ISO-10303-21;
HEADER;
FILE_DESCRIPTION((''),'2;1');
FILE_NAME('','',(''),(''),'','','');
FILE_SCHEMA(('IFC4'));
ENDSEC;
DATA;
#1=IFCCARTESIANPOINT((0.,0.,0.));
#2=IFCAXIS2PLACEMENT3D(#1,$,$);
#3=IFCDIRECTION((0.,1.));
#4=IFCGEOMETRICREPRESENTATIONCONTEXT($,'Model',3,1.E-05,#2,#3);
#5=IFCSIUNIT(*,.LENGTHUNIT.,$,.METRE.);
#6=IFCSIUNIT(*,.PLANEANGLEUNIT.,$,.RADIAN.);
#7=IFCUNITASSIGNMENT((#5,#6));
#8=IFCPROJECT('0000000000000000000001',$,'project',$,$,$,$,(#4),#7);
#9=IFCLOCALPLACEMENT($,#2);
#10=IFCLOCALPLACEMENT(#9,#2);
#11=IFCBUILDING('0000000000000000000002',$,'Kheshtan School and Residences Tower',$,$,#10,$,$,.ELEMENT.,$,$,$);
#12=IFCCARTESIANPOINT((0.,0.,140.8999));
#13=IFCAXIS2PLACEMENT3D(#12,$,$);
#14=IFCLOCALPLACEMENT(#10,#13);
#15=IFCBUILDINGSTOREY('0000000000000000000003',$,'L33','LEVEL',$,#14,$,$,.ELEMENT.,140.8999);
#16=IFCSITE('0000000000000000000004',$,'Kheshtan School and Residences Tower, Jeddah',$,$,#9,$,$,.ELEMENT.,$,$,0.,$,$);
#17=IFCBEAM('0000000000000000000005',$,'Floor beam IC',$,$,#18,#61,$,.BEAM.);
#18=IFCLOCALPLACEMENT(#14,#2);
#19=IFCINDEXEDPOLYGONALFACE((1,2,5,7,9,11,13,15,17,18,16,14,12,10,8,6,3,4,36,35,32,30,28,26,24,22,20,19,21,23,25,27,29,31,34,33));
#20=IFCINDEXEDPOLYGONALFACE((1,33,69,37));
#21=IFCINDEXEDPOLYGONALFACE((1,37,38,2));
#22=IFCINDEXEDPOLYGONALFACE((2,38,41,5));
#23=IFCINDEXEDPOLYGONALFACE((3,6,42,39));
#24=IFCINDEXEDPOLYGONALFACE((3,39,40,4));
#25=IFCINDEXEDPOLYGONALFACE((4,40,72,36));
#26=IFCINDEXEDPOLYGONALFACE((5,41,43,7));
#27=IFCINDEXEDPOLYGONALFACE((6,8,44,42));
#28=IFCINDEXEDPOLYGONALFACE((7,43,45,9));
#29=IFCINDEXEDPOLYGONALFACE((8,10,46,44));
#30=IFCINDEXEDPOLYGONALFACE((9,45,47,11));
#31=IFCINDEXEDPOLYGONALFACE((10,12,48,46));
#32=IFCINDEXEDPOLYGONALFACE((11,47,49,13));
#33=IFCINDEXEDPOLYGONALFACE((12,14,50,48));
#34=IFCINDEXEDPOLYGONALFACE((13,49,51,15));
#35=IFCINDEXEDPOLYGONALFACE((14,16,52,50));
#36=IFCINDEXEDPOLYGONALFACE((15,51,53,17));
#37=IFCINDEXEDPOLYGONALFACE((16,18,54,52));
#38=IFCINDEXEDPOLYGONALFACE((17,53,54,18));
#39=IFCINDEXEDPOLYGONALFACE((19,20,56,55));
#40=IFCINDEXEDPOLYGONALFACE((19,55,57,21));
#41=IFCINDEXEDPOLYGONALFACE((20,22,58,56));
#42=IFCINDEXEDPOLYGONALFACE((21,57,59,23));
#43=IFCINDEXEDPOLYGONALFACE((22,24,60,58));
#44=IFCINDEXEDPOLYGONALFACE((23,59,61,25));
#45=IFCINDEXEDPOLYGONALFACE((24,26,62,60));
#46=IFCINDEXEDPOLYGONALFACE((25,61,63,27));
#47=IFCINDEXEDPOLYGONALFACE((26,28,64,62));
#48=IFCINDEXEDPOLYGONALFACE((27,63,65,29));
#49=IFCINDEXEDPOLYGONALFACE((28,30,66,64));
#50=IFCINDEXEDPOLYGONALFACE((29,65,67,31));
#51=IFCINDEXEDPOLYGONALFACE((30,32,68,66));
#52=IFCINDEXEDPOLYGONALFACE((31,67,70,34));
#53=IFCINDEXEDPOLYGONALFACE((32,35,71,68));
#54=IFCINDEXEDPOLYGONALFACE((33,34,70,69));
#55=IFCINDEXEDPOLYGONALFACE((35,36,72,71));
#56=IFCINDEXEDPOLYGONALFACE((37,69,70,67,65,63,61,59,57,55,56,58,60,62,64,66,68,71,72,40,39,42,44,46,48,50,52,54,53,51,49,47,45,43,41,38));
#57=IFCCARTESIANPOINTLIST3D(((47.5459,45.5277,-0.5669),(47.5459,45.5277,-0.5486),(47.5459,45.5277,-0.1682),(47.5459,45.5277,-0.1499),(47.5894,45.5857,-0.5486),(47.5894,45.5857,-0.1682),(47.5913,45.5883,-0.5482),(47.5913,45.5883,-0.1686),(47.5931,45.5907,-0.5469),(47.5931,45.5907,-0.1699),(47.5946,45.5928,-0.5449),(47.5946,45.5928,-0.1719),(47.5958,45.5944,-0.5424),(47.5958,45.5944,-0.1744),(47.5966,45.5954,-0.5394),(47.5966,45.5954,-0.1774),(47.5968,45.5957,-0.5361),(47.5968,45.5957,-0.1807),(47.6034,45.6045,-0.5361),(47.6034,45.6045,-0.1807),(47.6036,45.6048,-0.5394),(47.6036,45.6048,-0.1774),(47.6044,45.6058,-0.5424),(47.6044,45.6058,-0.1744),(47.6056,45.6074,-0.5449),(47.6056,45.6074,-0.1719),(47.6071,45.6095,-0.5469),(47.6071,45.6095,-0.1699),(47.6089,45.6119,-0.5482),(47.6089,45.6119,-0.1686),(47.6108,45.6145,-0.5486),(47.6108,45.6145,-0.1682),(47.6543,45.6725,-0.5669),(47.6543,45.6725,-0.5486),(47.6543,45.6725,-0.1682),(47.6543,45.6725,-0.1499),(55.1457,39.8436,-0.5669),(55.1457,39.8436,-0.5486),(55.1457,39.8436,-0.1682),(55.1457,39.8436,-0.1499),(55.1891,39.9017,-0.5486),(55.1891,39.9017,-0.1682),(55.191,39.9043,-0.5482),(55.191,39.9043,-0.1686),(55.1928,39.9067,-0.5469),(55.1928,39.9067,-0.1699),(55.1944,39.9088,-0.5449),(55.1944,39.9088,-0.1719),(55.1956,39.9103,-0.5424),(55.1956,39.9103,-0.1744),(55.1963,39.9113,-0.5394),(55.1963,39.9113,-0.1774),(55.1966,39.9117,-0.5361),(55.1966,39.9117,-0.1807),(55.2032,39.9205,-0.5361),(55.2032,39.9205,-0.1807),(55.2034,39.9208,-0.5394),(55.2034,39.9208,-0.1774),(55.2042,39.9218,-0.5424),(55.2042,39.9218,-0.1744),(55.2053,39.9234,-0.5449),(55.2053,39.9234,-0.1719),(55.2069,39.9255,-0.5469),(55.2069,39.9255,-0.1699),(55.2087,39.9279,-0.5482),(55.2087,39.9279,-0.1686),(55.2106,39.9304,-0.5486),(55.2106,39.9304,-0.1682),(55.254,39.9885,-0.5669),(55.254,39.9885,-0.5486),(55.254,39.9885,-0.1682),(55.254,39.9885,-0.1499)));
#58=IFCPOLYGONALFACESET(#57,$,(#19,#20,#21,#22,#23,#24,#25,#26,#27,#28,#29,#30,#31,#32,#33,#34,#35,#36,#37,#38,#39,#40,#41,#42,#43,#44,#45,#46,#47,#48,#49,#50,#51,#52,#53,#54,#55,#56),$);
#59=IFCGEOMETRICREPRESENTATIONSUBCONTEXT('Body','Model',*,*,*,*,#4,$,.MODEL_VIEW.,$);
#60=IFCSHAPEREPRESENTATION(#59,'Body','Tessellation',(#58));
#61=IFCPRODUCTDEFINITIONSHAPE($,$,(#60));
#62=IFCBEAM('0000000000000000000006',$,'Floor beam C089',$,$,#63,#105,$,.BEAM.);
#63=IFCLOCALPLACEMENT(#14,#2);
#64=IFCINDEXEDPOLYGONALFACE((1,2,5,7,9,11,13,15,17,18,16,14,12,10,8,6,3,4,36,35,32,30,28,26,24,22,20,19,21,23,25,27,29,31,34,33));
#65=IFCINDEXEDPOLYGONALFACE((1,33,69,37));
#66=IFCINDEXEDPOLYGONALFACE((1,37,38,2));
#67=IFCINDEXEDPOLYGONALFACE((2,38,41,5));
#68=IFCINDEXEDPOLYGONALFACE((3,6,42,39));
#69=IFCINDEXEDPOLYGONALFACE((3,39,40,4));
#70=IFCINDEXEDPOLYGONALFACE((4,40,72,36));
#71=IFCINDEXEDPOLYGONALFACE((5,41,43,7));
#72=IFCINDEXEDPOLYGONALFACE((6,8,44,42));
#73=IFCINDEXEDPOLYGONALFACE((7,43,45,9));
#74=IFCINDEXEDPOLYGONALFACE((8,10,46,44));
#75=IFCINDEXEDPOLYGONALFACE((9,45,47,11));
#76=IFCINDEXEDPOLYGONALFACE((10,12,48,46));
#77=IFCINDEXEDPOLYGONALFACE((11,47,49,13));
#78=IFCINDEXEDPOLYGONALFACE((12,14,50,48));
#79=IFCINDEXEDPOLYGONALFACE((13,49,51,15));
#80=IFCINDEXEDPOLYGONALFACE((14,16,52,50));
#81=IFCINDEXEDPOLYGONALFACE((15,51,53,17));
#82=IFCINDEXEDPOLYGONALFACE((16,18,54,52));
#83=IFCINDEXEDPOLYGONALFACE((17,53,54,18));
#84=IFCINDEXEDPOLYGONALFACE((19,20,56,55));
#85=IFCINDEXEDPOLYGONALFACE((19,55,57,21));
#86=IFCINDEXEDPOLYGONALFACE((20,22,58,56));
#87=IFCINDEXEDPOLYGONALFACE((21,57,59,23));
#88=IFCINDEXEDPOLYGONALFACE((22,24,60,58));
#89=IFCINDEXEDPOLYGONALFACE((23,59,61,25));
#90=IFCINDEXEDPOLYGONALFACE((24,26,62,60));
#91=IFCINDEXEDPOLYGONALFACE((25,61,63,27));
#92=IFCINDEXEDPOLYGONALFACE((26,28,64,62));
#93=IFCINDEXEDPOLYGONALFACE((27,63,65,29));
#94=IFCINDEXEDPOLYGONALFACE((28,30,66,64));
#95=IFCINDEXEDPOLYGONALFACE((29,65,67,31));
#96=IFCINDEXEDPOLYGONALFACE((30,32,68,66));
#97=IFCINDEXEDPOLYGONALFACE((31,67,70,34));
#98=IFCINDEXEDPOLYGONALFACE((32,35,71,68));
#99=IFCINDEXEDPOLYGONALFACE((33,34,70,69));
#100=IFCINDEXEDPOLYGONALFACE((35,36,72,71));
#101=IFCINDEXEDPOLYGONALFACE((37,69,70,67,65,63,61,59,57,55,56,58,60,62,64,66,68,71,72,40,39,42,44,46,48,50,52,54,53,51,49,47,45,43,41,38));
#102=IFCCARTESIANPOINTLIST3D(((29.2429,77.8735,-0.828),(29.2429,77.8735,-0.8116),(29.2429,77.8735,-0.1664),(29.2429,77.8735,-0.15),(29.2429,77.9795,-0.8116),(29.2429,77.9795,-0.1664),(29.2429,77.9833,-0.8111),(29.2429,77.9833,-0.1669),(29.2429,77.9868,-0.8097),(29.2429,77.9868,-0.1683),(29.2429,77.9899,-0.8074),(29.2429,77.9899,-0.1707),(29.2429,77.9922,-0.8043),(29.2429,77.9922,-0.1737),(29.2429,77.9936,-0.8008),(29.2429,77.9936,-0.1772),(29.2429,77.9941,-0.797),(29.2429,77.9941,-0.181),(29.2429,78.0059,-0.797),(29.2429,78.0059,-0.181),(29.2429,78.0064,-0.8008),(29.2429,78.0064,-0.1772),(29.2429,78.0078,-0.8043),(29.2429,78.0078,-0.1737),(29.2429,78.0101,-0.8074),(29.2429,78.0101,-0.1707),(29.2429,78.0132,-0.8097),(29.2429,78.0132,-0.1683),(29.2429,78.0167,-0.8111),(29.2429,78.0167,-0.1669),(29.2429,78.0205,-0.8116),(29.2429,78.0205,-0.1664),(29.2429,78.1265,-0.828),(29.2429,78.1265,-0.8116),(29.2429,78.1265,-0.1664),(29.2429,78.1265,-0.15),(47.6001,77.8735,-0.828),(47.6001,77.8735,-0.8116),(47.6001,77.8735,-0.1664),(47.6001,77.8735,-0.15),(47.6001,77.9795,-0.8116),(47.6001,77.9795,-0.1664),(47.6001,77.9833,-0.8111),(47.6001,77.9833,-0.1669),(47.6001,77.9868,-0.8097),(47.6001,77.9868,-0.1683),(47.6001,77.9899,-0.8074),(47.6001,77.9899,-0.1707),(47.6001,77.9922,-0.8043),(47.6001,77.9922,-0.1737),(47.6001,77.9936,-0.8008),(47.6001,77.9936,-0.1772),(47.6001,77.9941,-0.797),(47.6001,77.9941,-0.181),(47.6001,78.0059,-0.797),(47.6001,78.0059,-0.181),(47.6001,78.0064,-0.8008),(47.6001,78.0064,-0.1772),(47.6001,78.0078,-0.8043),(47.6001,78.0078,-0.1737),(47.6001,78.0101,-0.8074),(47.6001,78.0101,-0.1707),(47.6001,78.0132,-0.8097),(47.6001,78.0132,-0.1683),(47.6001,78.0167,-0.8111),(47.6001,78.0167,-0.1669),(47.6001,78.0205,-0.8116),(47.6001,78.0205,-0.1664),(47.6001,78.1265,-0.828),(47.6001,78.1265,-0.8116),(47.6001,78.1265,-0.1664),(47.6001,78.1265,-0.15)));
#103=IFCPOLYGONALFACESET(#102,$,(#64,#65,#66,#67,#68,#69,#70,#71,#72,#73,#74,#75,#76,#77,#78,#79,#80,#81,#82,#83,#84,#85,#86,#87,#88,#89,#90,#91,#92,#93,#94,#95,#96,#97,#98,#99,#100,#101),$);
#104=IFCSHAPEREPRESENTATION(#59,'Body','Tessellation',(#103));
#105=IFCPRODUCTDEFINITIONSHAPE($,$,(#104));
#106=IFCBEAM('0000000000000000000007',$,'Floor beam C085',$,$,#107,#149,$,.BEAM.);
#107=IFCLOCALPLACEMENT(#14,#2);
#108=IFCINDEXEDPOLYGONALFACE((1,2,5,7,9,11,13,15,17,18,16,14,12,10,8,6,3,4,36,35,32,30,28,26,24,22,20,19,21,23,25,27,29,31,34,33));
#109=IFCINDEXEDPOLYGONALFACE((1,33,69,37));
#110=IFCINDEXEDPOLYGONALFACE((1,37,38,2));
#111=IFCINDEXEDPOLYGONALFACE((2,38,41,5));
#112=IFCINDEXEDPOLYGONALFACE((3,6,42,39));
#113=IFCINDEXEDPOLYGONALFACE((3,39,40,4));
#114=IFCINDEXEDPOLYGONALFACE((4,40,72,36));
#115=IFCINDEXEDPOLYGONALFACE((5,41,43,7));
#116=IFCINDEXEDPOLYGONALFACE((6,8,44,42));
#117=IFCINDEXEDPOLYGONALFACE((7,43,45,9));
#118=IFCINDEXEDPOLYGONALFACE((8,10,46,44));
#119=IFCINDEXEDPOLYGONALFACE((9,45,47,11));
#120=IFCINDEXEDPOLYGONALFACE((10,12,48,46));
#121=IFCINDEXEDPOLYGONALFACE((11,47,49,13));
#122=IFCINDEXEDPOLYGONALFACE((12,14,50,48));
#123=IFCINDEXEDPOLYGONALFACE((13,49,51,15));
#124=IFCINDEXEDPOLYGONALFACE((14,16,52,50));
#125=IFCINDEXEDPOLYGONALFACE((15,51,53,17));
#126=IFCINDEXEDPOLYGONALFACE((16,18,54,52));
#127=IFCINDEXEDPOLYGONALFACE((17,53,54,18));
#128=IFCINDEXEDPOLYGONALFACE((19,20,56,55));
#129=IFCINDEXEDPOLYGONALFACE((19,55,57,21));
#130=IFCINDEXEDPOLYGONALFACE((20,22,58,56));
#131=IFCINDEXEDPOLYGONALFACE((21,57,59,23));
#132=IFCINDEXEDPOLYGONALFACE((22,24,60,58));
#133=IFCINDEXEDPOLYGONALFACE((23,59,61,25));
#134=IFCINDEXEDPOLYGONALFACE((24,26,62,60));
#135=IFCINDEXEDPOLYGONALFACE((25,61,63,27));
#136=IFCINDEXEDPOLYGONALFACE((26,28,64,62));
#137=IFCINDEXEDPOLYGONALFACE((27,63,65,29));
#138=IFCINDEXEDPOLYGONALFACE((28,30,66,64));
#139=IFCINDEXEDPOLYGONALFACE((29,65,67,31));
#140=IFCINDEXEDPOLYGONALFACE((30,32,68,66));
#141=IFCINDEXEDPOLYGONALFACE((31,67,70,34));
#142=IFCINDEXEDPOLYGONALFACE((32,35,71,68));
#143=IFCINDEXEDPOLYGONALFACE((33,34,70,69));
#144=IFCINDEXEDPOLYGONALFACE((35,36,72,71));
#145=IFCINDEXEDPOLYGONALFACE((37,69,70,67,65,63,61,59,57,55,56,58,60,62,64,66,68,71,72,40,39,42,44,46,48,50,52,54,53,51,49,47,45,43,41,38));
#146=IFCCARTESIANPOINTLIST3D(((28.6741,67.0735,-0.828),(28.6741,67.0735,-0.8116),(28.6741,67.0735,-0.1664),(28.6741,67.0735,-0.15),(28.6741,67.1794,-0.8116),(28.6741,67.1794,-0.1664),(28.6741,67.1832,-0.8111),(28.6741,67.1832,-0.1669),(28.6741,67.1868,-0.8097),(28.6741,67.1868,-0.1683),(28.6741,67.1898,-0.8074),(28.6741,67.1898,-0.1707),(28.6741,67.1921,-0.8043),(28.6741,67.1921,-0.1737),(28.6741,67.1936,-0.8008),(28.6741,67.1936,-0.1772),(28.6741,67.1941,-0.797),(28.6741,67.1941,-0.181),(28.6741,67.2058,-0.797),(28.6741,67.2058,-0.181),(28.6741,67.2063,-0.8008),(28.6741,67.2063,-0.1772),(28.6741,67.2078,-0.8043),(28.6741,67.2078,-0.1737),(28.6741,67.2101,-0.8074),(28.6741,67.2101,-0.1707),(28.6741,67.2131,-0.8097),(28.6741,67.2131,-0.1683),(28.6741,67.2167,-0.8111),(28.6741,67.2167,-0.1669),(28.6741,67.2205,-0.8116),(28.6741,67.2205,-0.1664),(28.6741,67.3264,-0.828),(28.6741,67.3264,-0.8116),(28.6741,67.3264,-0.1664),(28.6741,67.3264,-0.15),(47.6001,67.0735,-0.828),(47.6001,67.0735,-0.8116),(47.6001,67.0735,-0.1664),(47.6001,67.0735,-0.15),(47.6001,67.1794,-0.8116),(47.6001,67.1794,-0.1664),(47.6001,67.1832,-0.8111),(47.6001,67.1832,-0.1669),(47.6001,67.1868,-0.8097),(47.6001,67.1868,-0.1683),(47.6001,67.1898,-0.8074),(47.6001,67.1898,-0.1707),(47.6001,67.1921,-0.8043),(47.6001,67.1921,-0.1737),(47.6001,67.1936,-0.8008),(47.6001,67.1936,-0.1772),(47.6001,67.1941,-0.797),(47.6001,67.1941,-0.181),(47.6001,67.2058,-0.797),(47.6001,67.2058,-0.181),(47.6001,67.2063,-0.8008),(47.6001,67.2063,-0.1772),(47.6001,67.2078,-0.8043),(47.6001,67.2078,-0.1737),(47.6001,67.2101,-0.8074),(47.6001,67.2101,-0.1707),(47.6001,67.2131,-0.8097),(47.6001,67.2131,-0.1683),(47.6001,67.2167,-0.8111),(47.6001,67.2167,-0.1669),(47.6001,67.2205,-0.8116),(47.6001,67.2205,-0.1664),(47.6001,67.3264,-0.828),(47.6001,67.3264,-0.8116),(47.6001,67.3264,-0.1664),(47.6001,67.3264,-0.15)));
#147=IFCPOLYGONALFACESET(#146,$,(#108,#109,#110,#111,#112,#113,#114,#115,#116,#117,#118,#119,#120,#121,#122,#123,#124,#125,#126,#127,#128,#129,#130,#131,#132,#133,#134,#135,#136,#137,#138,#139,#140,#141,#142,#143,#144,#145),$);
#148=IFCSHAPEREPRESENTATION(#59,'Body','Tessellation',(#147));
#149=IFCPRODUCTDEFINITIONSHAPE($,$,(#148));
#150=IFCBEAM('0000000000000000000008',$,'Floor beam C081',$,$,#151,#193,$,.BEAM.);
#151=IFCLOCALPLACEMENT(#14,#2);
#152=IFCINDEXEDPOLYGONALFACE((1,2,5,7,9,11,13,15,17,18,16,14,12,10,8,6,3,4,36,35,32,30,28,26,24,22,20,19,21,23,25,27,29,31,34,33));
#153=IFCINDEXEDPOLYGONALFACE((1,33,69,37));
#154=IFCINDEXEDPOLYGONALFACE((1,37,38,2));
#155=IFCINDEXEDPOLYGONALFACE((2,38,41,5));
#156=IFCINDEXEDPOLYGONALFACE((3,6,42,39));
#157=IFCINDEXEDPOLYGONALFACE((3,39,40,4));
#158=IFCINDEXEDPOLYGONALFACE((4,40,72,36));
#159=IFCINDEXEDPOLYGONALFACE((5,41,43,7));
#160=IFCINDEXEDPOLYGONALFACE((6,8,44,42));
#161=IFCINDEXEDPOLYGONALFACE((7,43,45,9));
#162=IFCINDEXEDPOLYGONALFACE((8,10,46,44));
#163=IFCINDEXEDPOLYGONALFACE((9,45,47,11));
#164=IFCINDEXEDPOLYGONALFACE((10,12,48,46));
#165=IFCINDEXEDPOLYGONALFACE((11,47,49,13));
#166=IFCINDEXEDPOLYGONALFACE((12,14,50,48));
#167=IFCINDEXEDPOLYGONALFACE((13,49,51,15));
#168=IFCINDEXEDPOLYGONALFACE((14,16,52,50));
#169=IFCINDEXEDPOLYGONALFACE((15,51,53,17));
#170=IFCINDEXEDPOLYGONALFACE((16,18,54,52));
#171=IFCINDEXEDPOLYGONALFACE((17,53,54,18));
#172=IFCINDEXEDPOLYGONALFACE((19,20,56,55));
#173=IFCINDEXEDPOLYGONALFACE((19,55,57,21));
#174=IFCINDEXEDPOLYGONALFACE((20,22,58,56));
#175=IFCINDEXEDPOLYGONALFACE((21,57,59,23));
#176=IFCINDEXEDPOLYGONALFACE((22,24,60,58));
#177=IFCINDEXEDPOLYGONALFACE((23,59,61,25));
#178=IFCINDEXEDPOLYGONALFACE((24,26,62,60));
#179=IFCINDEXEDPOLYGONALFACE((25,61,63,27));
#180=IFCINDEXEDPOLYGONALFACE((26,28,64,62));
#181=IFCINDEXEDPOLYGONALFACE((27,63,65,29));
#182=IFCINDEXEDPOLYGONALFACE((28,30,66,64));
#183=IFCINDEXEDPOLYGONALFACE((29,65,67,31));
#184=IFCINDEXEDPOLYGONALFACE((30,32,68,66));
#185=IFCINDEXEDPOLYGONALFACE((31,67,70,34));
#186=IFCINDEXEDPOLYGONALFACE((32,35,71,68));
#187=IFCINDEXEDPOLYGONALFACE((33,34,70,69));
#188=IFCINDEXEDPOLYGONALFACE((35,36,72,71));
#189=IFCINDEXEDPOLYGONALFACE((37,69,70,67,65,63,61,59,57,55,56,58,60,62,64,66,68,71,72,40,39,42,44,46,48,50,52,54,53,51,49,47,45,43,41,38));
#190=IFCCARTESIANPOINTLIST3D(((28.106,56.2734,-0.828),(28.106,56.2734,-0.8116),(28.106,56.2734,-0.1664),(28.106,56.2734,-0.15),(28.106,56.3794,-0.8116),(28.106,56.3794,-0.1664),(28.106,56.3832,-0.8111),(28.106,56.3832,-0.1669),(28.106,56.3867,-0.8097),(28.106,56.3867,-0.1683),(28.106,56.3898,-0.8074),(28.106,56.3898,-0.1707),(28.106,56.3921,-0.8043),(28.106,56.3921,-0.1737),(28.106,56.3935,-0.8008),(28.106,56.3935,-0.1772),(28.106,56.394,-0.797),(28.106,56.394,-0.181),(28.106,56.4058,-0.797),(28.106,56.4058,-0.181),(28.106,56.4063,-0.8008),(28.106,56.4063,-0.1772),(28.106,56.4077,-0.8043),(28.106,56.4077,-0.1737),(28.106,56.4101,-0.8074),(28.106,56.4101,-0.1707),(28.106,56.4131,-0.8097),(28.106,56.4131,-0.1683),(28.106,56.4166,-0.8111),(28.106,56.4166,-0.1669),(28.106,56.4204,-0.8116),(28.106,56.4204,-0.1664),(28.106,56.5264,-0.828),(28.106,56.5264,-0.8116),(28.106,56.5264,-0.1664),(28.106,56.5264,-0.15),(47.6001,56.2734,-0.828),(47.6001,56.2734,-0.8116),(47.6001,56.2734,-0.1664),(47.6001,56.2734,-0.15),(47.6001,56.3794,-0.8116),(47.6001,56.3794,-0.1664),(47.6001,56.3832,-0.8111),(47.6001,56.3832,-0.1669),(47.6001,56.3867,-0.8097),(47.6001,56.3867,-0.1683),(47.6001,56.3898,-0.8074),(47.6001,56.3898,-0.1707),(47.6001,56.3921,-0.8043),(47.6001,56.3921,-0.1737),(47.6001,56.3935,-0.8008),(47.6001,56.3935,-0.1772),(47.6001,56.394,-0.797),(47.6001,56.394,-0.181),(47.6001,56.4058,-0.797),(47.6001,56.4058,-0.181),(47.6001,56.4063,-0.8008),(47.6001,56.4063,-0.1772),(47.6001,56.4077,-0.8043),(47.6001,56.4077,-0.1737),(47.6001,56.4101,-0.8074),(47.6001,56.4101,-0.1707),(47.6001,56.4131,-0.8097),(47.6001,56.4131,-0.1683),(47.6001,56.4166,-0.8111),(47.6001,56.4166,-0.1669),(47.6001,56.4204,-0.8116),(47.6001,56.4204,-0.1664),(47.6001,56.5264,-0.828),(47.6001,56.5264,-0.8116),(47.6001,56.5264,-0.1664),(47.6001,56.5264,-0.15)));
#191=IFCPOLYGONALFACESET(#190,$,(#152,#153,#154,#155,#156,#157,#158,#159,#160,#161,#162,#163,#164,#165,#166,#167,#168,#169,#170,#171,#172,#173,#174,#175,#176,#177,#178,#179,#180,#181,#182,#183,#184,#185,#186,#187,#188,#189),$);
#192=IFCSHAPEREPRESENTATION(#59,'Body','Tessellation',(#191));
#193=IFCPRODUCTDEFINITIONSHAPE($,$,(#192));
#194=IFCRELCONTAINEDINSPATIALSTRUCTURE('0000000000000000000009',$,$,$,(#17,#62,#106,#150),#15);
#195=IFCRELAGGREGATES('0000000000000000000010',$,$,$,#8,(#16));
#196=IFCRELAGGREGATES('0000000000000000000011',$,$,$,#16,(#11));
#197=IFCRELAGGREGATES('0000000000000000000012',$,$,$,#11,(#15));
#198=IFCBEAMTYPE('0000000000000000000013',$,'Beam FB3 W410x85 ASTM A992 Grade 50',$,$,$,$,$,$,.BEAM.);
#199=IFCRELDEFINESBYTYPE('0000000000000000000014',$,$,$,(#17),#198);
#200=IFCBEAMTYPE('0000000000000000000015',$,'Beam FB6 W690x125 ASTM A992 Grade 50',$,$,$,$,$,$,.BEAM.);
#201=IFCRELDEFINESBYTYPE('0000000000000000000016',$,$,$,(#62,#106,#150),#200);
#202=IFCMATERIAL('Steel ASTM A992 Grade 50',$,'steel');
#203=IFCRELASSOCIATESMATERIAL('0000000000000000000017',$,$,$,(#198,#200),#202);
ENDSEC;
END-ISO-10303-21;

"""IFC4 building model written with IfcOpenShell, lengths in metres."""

from ifc_helpers import new_model, si_unit, direction, frame, origin, origin_2d, place, context, subcontext, project, spatial, i_section, extrude, material, material_profile, profile_set, type_object, element, save


model = new_model("IFC4")

# Units and contexts
model_context = context("Model", 3, precision=1e-05, world=origin(), true_north=direction((0.0, 1.0)))
body_context = subcontext(model_context, "Body", "Model", "MODEL_VIEW")
ifc_project = project(units=[si_unit("LENGTHUNIT", "METRE"), si_unit("PLANEANGLEUNIT", "RADIAN")], contexts=[model_context])

# Site, building, storey
site_placement = place(None, origin())
site = spatial("IfcSite", under=ifc_project, at=site_placement, Name="Kheshtan School and Residences Tower, Jeddah", CompositionType="ELEMENT", RefElevation=0.0)
building_placement = place(site_placement, origin())
building = spatial("IfcBuilding", under=site, at=building_placement, Name="Kheshtan School and Residences Tower", CompositionType="ELEMENT")
storey_placement = place(building_placement, frame((0.0, 0.0, 140.8999)))
storey = spatial("IfcBuildingStorey", under=building, at=storey_placement, Name="L33", Description="LEVEL", CompositionType="ELEMENT", Elevation=140.8999)

# Shared definitions
ifc_material_1 = material(Name="Steel ASTM A992 Grade 50", Category="steel")

# Beams
ifc_material_profile_1 = material_profile(ifc_material_1, i_section(OverallWidth=0.1809, OverallDepth=0.417, WebThickness=0.011, FlangeThickness=0.0183, FilletRadius=0.0125, at=origin_2d()), Name="W410x85")
ifc_profile_set_1 = profile_set([ifc_material_profile_1], Name="Steel ASTM A992 Grade 50")
beam_type_1 = type_object("IfcBeamType", Name="Beam FB3 W410x85 ASTM A992 Grade 50", PredefinedType="BEAM", material=ifc_profile_set_1)
beam_1_placement = place(storey_placement, frame((47.6001, 45.6001, -0.3584), z_axis=(0.800799, -0.598933, 0.0), x_axis=(0.598933, 0.800799, 0.0)))
element("IfcBeam", 1, at=beam_1_placement, inside=storey, type_object=beam_type_1, Name="Floor beam IC", PredefinedType="BEAM", context=body_context, shape_type="SweptSolid", body=[
    extrude(i_section(OverallWidth=0.1809, OverallDepth=0.417, WebThickness=0.011, FlangeThickness=0.0183, FilletRadius=0.0125, at=origin_2d()), origin(), (0.0, 0.0, 1.0), 9.4902),
])
ifc_material_profile_2 = material_profile(ifc_material_1, i_section(OverallWidth=0.2529, OverallDepth=0.678, WebThickness=0.0117, FlangeThickness=0.0164, FilletRadius=0.0146, at=origin_2d()), Name="W690x125")
ifc_profile_set_2 = profile_set([ifc_material_profile_2], Name="Steel ASTM A992 Grade 50")
beam_type_2 = type_object("IfcBeamType", Name="Beam FB6 W690x125 ASTM A992 Grade 50", PredefinedType="BEAM", material=ifc_profile_set_2)
beam_2_placement = place(storey_placement, frame((47.6001, 78.0, -0.489), z_axis=(-1.0, 0.0, 0.0), x_axis=(0.0, -1.0, 0.0)))
element("IfcBeam", 2, at=beam_2_placement, inside=storey, type_object=beam_type_2, Name="Floor beam C089", PredefinedType="BEAM", context=body_context, shape_type="SweptSolid", body=[
    extrude(i_section(OverallWidth=0.2529, OverallDepth=0.678, WebThickness=0.0117, FlangeThickness=0.0164, FilletRadius=0.0146, at=origin_2d()), origin(), (0.0, 0.0, 1.0), 18.3572),
])
beam_3_placement = place(storey_placement, frame((47.6001, 67.2, -0.489), z_axis=(-1.0, 0.0, 0.0), x_axis=(0.0, -1.0, 0.0)))
element("IfcBeam", 3, at=beam_3_placement, inside=storey, type_object=beam_type_2, Name="Floor beam C085", PredefinedType="BEAM", context=body_context, shape_type="SweptSolid", body=[
    extrude(i_section(OverallWidth=0.2529, OverallDepth=0.678, WebThickness=0.0117, FlangeThickness=0.0164, FilletRadius=0.0146, at=origin_2d()), origin(), (0.0, 0.0, 1.0), 18.926),
])
beam_4_placement = place(storey_placement, frame((47.6001, 56.3999, -0.489), z_axis=(-1.0, 0.0, 0.0), x_axis=(0.0, -1.0, 0.0)))
element("IfcBeam", 4, at=beam_4_placement, inside=storey, type_object=beam_type_2, Name="Floor beam C081", PredefinedType="BEAM", context=body_context, shape_type="SweptSolid", body=[
    extrude(i_section(OverallWidth=0.2529, OverallDepth=0.678, WebThickness=0.0117, FlangeThickness=0.0164, FilletRadius=0.0146, at=origin_2d()), origin(), (0.0, 0.0, 1.0), 19.4941),
])

save(model, "model.ifc")
